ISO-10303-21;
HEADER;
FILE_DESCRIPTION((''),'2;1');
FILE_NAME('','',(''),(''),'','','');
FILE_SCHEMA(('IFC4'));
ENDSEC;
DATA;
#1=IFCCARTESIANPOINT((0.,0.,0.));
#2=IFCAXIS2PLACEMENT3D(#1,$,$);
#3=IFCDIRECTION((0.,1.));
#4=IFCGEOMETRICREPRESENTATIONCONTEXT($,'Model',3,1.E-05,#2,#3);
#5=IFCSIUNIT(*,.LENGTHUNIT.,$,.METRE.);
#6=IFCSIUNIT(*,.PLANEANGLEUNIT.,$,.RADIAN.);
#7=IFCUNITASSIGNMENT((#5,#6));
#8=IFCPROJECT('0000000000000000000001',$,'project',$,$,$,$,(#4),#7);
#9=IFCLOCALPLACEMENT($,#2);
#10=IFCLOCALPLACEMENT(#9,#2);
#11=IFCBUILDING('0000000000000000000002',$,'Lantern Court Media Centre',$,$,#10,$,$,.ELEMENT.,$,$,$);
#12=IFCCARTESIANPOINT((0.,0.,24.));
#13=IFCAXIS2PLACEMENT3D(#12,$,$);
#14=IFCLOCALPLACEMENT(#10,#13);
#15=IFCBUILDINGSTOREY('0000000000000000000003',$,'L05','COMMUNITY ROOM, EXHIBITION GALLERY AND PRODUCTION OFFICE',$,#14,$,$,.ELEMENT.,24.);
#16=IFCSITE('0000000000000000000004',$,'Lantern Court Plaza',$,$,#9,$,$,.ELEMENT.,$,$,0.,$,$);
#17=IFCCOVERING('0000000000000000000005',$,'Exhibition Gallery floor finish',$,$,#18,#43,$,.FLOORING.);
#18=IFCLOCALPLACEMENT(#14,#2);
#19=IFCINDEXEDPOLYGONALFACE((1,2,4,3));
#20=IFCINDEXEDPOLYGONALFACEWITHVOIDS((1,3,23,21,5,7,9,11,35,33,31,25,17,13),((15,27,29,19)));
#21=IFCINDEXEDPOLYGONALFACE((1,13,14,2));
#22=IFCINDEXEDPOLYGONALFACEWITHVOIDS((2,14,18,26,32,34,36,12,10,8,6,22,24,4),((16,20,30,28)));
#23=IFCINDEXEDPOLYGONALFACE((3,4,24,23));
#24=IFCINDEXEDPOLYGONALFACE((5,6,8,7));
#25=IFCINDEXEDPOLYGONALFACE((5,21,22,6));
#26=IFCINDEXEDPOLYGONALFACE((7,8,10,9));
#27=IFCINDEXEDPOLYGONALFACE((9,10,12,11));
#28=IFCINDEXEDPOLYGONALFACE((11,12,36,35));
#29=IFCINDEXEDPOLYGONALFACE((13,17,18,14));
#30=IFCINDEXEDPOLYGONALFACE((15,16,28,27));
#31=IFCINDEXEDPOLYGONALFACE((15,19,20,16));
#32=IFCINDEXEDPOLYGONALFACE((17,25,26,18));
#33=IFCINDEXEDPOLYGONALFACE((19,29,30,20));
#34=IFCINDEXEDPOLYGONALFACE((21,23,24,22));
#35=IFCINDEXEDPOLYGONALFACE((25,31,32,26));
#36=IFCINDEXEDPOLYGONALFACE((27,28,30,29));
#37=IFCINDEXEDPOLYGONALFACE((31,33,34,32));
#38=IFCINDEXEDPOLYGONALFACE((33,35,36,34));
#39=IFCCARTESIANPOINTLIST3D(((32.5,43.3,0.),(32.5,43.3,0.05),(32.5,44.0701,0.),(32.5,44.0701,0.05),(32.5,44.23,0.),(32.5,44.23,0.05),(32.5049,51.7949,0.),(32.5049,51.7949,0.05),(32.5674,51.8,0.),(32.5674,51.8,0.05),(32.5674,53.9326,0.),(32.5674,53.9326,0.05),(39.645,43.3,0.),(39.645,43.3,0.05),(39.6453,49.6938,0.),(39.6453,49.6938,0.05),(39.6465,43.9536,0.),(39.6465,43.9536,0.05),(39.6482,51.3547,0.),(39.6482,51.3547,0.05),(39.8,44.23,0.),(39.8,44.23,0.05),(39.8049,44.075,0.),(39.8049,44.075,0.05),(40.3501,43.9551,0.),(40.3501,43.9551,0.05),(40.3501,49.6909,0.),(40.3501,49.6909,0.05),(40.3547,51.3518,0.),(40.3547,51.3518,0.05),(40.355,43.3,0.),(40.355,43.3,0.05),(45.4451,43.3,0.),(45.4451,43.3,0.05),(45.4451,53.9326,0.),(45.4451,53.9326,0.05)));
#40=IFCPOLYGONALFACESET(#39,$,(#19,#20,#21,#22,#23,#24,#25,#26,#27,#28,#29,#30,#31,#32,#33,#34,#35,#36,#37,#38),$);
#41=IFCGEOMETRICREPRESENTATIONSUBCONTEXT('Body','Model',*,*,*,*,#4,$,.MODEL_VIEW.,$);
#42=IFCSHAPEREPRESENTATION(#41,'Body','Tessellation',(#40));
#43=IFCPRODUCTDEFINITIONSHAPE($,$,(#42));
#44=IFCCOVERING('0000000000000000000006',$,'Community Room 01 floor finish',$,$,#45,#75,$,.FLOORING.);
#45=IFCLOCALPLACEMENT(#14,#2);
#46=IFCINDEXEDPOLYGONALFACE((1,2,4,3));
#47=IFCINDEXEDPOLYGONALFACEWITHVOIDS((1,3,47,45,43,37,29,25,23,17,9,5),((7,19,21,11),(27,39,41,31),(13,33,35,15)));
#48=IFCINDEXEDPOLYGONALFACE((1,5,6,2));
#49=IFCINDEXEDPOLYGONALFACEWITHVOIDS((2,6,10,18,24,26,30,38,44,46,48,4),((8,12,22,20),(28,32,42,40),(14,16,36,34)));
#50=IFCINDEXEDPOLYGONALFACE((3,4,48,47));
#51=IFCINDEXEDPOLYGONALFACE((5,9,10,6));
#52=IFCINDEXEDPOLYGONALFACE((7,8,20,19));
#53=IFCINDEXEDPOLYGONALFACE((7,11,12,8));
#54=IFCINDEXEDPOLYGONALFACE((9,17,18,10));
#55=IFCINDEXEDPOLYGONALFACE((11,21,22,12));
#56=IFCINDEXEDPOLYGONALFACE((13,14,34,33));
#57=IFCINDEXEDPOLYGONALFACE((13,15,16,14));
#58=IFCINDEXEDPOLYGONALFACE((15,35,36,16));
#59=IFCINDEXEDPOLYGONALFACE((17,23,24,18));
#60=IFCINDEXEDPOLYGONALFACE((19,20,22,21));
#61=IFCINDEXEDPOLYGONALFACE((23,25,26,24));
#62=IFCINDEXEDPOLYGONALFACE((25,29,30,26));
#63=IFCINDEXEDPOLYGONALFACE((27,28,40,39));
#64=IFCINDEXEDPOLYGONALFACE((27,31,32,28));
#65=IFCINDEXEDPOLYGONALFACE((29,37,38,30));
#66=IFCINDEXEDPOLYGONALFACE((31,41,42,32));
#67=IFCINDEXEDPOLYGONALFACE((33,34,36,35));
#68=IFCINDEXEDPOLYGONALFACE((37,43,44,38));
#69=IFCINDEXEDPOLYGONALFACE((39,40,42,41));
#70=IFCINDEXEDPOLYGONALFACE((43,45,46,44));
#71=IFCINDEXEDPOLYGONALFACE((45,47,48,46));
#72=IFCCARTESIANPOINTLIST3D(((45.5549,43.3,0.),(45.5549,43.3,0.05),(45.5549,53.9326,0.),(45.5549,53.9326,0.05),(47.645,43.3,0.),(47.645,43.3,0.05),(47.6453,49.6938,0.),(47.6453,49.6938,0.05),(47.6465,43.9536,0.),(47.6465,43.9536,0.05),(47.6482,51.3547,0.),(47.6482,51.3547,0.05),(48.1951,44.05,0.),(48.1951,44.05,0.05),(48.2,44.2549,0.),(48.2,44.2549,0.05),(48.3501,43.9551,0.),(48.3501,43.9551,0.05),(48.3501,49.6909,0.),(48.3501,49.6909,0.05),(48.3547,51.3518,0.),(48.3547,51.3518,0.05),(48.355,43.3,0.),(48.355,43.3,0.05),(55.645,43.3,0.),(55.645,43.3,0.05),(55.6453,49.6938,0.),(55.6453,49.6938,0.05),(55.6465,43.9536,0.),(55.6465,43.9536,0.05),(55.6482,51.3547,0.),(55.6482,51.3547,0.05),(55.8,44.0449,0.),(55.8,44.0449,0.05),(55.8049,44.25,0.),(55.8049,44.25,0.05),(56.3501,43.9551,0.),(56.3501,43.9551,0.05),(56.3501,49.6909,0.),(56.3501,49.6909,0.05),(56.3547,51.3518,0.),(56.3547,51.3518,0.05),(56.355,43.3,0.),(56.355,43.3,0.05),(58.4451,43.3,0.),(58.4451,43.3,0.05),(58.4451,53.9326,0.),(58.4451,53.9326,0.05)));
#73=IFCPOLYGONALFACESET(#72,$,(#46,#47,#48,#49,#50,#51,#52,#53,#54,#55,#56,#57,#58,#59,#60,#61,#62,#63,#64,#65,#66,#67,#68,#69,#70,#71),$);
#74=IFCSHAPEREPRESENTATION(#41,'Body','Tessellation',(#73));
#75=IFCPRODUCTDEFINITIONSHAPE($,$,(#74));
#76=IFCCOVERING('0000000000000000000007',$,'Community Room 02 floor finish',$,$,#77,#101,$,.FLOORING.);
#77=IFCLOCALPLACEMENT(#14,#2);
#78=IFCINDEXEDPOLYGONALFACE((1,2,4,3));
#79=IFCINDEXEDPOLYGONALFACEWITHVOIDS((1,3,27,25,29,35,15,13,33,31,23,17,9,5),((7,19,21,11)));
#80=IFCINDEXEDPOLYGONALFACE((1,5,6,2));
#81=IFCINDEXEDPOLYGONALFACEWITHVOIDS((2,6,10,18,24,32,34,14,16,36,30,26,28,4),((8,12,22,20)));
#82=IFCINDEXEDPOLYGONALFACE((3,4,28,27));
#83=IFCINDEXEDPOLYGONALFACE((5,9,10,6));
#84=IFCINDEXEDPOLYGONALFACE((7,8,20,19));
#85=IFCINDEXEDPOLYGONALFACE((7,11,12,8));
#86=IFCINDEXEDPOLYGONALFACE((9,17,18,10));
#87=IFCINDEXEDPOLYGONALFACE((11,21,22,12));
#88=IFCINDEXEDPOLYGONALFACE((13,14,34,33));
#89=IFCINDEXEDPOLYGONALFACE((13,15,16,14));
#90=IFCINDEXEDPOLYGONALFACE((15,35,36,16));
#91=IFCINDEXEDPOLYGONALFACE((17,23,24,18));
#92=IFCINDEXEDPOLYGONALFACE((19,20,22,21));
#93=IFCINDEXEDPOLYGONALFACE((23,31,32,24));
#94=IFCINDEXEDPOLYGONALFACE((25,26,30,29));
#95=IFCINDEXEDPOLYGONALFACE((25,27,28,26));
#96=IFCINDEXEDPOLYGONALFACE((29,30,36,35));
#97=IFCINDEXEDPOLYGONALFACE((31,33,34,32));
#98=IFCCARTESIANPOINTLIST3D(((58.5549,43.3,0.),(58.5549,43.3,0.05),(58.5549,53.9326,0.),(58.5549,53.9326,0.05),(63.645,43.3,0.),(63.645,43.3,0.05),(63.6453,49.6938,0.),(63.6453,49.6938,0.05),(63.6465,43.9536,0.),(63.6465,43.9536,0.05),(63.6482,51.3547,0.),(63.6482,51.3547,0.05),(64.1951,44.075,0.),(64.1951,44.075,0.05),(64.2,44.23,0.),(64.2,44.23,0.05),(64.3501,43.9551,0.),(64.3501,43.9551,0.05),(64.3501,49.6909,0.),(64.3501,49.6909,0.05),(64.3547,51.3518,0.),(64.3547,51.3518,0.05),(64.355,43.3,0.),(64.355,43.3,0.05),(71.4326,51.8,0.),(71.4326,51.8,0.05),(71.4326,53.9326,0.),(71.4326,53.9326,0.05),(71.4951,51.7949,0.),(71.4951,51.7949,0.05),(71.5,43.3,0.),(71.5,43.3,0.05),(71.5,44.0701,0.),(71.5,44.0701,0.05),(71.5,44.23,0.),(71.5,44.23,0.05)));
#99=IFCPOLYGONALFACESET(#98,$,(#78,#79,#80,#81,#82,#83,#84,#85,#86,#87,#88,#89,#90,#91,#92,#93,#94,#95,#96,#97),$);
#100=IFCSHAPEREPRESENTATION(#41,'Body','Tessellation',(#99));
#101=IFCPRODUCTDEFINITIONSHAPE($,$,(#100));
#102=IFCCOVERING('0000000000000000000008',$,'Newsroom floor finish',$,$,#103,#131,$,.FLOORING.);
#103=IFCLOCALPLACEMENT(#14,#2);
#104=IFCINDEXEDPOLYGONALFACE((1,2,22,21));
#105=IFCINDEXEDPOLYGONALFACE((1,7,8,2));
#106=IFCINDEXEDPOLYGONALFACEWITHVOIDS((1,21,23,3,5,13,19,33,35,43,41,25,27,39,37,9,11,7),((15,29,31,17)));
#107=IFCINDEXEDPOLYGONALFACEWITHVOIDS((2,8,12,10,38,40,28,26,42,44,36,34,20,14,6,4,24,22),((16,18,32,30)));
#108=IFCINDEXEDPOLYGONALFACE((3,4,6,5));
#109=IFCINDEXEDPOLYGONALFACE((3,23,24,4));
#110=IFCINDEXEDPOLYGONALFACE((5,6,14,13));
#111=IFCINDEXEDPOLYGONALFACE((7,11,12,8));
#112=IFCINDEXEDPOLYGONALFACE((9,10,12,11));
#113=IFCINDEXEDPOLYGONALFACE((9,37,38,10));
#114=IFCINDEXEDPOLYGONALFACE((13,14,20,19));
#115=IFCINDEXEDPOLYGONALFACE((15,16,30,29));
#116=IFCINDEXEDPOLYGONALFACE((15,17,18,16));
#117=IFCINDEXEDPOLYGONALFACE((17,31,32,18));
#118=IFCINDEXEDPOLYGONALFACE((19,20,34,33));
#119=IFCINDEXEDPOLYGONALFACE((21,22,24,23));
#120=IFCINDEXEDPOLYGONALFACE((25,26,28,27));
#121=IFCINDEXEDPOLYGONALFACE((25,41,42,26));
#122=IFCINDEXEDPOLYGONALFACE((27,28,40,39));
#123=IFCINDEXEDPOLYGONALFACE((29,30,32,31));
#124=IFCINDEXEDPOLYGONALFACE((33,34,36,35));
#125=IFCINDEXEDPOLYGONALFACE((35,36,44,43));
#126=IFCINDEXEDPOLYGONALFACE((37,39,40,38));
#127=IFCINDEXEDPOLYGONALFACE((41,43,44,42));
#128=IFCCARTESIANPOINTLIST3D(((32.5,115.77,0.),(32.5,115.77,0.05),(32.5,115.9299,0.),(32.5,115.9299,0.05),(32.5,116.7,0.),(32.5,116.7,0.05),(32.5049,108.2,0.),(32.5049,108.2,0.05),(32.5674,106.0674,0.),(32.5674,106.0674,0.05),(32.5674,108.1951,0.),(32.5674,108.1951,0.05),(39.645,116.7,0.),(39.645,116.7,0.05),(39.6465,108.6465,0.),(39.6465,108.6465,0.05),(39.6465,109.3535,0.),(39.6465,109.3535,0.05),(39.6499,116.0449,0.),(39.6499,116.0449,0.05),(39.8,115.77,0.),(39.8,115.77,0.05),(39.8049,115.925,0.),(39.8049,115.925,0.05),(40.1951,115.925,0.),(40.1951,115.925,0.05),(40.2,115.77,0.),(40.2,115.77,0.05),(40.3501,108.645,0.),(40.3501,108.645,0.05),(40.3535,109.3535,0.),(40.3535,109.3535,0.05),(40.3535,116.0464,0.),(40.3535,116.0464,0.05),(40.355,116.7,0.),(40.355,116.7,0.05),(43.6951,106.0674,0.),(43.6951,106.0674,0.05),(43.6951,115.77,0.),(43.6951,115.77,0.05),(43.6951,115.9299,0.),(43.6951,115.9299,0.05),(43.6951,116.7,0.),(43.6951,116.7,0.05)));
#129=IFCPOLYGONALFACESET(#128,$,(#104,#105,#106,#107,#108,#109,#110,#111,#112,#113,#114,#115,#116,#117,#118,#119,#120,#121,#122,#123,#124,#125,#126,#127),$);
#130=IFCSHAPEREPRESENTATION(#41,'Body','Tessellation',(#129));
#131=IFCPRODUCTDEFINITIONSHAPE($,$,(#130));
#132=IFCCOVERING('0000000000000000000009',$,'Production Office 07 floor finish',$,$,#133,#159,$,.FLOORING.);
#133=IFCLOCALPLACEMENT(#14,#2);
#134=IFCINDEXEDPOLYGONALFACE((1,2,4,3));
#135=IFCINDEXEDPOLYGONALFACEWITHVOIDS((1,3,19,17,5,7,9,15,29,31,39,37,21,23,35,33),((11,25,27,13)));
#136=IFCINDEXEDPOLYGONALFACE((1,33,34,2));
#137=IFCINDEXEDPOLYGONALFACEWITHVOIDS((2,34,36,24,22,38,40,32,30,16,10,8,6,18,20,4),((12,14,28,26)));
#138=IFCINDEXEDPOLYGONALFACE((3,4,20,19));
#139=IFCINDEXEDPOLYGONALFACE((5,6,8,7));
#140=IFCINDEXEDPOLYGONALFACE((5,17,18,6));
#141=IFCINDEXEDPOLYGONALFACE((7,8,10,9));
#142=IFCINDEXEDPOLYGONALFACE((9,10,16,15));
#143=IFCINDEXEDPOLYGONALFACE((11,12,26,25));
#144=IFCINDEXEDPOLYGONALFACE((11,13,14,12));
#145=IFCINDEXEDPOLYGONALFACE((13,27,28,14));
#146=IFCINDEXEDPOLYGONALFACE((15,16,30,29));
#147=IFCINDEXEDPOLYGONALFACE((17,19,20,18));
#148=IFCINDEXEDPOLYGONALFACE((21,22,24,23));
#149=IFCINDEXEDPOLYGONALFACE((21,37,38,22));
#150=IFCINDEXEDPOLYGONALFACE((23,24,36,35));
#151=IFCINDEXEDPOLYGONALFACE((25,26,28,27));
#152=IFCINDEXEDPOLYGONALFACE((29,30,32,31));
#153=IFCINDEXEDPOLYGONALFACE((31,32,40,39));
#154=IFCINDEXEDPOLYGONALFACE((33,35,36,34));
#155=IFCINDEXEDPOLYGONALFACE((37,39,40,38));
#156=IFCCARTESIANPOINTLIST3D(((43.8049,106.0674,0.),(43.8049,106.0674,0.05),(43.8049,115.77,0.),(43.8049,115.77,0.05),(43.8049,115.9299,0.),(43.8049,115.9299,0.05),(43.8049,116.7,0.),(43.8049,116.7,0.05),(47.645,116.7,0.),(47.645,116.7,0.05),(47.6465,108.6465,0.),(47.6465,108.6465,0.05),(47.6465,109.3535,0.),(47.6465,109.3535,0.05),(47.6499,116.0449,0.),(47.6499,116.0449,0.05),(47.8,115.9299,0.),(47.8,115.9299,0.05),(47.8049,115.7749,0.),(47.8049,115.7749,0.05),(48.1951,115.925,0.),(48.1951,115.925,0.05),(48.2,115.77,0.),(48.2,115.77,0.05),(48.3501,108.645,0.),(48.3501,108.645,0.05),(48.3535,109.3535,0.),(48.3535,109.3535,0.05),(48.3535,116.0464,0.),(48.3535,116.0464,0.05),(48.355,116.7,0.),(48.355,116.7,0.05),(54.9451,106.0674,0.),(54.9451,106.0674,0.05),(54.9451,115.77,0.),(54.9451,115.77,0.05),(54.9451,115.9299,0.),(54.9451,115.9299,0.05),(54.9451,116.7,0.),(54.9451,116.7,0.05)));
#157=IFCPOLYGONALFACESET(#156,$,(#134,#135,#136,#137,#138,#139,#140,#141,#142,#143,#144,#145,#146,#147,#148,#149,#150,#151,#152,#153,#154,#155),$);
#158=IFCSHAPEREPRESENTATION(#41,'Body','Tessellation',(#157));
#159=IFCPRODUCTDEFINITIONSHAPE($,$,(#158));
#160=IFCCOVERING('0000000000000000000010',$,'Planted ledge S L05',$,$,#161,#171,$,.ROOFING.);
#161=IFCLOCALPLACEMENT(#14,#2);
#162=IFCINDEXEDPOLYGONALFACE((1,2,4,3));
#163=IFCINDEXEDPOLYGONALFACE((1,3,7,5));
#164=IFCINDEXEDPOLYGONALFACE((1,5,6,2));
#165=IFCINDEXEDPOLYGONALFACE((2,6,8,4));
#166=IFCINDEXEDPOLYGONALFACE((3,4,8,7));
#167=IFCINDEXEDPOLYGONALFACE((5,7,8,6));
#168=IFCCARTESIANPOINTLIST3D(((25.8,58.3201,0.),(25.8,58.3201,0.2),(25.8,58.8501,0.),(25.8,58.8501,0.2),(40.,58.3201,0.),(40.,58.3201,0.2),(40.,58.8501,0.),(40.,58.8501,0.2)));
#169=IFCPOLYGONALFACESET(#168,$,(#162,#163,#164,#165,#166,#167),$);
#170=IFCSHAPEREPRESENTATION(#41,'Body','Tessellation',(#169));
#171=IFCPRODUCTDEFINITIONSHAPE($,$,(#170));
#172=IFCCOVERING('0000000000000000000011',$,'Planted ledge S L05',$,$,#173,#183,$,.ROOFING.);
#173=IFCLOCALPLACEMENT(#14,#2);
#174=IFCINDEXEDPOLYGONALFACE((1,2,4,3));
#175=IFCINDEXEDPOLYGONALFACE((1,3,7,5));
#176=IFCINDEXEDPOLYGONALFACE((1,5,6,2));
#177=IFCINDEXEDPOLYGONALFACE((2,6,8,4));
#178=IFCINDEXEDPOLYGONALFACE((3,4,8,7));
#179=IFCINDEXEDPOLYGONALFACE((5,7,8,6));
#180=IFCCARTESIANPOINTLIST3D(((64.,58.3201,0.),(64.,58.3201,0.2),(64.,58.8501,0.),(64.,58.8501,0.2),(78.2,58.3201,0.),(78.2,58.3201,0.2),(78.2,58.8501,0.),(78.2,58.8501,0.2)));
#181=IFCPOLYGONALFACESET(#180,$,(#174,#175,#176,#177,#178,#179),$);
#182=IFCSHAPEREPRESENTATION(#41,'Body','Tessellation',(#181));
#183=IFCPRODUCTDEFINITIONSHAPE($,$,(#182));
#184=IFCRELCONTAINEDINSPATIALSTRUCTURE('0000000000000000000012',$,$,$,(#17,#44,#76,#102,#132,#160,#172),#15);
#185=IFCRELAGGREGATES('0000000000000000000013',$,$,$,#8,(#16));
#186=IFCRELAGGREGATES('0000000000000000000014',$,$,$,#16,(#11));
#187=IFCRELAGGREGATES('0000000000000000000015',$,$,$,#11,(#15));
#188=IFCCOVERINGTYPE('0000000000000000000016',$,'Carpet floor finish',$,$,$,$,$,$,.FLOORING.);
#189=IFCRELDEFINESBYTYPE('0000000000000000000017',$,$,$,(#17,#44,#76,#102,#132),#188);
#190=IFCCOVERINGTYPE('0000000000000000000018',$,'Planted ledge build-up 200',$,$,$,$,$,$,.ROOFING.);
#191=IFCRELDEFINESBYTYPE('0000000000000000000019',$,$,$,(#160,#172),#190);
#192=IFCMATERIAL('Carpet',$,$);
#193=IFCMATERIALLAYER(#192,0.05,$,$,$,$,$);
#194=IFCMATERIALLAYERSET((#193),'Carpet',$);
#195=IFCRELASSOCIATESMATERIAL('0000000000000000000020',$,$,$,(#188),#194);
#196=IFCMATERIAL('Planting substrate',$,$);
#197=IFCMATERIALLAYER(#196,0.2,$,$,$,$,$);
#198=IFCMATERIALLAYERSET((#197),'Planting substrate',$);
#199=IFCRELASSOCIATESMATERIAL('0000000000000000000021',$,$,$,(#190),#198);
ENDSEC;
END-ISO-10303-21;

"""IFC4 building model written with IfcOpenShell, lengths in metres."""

from ifc_helpers import new_model, si_unit, direction, frame, origin, place, context, subcontext, project, spatial, polyline, outline, extrude, material, layer, layer_set, type_object, element, save


model = new_model("IFC4")

# Units and contexts
model_context = context("Model", 3, precision=1e-05, world=origin(), true_north=direction((0.0, 1.0)))
body_context = subcontext(model_context, "Body", "Model", "MODEL_VIEW")
ifc_project = project(units=[si_unit("LENGTHUNIT", "METRE"), si_unit("PLANEANGLEUNIT", "RADIAN")], contexts=[model_context])

# Site, building, storey
site_placement = place(None, origin())
site = spatial("IfcSite", under=ifc_project, at=site_placement, Name="Lantern Court Plaza", CompositionType="ELEMENT", RefElevation=0.0)
building_placement = place(site_placement, origin())
building = spatial("IfcBuilding", under=site, at=building_placement, Name="Lantern Court Media Centre", CompositionType="ELEMENT")
storey_placement = place(building_placement, frame((0.0, 0.0, 24.0)))
storey = spatial("IfcBuildingStorey", under=building, at=storey_placement, Name="L05", Description="COMMUNITY ROOM, EXHIBITION GALLERY AND PRODUCTION OFFICE", CompositionType="ELEMENT", Elevation=24.0)

# Coverings
ifc_material_1 = material(Name="Carpet")
ifc_layer_1 = layer(ifc_material_1, 0.05)
ifc_layer_set_1 = layer_set([ifc_layer_1], Name="Carpet")
covering_type_1 = type_object("IfcCoveringType", Name="Carpet floor finish", PredefinedType="FLOORING", material=ifc_layer_set_1)
covering_1_placement = place(storey_placement, origin())
element("IfcCovering", 1, at=covering_1_placement, inside=storey, type_object=covering_type_1, Name="Exhibition Gallery floor finish", PredefinedType="FLOORING", context=body_context, shape_type="SweptSolid", body=[
    extrude(outline(polyline([(32.5, 44.23), (32.5049, 51.7949), (32.5674, 51.8), (32.5674, 53.9326), (45.4451, 53.9326), (45.4451, 43.3), (40.355, 43.3), (40.3501, 43.9551), (39.6465, 43.9536), (39.645, 43.3), (32.5, 43.3), (32.5, 44.0701), (39.8049, 44.075), (39.8, 44.23), (32.5, 44.23)]), holes=[polyline([(40.3501, 49.6909), (40.3547, 51.3518), (39.6482, 51.3547), (39.6453, 49.6938), (40.3501, 49.6909)])]), origin(), (0.0, 0.0, 1.0), 0.05),
])
covering_2_placement = place(storey_placement, origin())
element("IfcCovering", 2, at=covering_2_placement, inside=storey, type_object=covering_type_1, Name="Community Room 01 floor finish", PredefinedType="FLOORING", context=body_context, shape_type="SweptSolid", body=[
    extrude(outline(polyline([(45.5549, 43.3), (45.5549, 53.9326), (58.4451, 53.9326), (58.4451, 43.3), (56.355, 43.3), (56.3501, 43.9551), (55.6465, 43.9536), (55.645, 43.3), (48.355, 43.3), (48.3501, 43.9551), (47.6465, 43.9536), (47.645, 43.3), (45.5549, 43.3)]), holes=[polyline([(56.3501, 49.6909), (56.3547, 51.3518), (55.6482, 51.3547), (55.6453, 49.6938), (56.3501, 49.6909)]), polyline([(48.1951, 44.05), (55.8, 44.0449), (55.8049, 44.25), (48.2, 44.2549), (48.1951, 44.05)]), polyline([(48.3501, 49.6909), (48.3547, 51.3518), (47.6482, 51.3547), (47.6453, 49.6938), (48.3501, 49.6909)])]), origin(), (0.0, 0.0, 1.0), 0.05),
])
covering_3_placement = place(storey_placement, origin())
element("IfcCovering", 3, at=covering_3_placement, inside=storey, type_object=covering_type_1, Name="Community Room 02 floor finish", PredefinedType="FLOORING", context=body_context, shape_type="SweptSolid", body=[
    extrude(outline(polyline([(71.5, 43.3), (64.355, 43.3), (64.3501, 43.9551), (63.6465, 43.9536), (63.645, 43.3), (58.5549, 43.3), (58.5549, 53.9326), (71.4326, 53.9326), (71.4326, 51.8), (71.4951, 51.7949), (71.5, 44.23), (64.2, 44.23), (64.1951, 44.075), (71.5, 44.0701), (71.5, 43.3)]), holes=[polyline([(64.3501, 49.6909), (64.3547, 51.3518), (63.6482, 51.3547), (63.6453, 49.6938), (64.3501, 49.6909)])]), origin(), (0.0, 0.0, 1.0), 0.05),
])
covering_4_placement = place(storey_placement, origin())
element("IfcCovering", 4, at=covering_4_placement, inside=storey, type_object=covering_type_1, Name="Newsroom floor finish", PredefinedType="FLOORING", context=body_context, shape_type="SweptSolid", body=[
    extrude(outline(polyline([(43.6951, 116.7), (43.6951, 115.9299), (40.1951, 115.925), (40.2, 115.77), (43.6951, 115.77), (43.6951, 106.0674), (32.5674, 106.0674), (32.5674, 108.1951), (32.5049, 108.2), (32.5, 115.77), (39.8, 115.77), (39.8049, 115.925), (32.5, 115.9299), (32.5, 116.7), (39.645, 116.7), (39.6499, 116.0449), (40.3535, 116.0464), (40.355, 116.7), (43.6951, 116.7)]), holes=[polyline([(40.3501, 108.645), (40.3535, 109.3535), (39.6465, 109.3535), (39.6465, 108.6465), (40.3501, 108.645)])]), origin(), (0.0, 0.0, 1.0), 0.05),
])
covering_5_placement = place(storey_placement, origin())
element("IfcCovering", 5, at=covering_5_placement, inside=storey, type_object=covering_type_1, Name="Production Office 07 floor finish", PredefinedType="FLOORING", context=body_context, shape_type="SweptSolid", body=[
    extrude(outline(polyline([(54.9451, 116.7), (54.9451, 115.9299), (48.1951, 115.925), (48.2, 115.77), (54.9451, 115.77), (54.9451, 106.0674), (43.8049, 106.0674), (43.8049, 115.77), (47.8049, 115.7749), (47.8, 115.9299), (43.8049, 115.9299), (43.8049, 116.7), (47.645, 116.7), (47.6499, 116.0449), (48.3535, 116.0464), (48.355, 116.7), (54.9451, 116.7)]), holes=[polyline([(48.3501, 108.645), (48.3535, 109.3535), (47.6465, 109.3535), (47.6465, 108.6465), (48.3501, 108.645)])]), origin(), (0.0, 0.0, 1.0), 0.05),
])
ifc_material_2 = material(Name="Planting substrate")
ifc_layer_2 = layer(ifc_material_2, 0.2)
ifc_layer_set_2 = layer_set([ifc_layer_2], Name="Planting substrate")
covering_type_2 = type_object("IfcCoveringType", Name="Planted ledge build-up 200", PredefinedType="ROOFING", material=ifc_layer_set_2)
covering_6_placement = place(storey_placement, origin())
element("IfcCovering", 6, at=covering_6_placement, inside=storey, type_object=covering_type_2, Name="Planted ledge S L05", PredefinedType="ROOFING", context=body_context, shape_type="SweptSolid", body=[
    extrude(outline(polyline([(25.8, 58.8501), (40.0, 58.8501), (40.0, 58.3201), (25.8, 58.3201), (25.8, 58.8501)])), origin(), (0.0, 0.0, 1.0), 0.2),
])
covering_7_placement = place(storey_placement, origin())
element("IfcCovering", 7, at=covering_7_placement, inside=storey, type_object=covering_type_2, Name="Planted ledge S L05", PredefinedType="ROOFING", context=body_context, shape_type="SweptSolid", body=[
    extrude(outline(polyline([(64.0, 58.8501), (78.2, 58.8501), (78.2, 58.3201), (64.0, 58.3201), (64.0, 58.8501)])), origin(), (0.0, 0.0, 1.0), 0.2),
])

save(model, "model.ifc")
